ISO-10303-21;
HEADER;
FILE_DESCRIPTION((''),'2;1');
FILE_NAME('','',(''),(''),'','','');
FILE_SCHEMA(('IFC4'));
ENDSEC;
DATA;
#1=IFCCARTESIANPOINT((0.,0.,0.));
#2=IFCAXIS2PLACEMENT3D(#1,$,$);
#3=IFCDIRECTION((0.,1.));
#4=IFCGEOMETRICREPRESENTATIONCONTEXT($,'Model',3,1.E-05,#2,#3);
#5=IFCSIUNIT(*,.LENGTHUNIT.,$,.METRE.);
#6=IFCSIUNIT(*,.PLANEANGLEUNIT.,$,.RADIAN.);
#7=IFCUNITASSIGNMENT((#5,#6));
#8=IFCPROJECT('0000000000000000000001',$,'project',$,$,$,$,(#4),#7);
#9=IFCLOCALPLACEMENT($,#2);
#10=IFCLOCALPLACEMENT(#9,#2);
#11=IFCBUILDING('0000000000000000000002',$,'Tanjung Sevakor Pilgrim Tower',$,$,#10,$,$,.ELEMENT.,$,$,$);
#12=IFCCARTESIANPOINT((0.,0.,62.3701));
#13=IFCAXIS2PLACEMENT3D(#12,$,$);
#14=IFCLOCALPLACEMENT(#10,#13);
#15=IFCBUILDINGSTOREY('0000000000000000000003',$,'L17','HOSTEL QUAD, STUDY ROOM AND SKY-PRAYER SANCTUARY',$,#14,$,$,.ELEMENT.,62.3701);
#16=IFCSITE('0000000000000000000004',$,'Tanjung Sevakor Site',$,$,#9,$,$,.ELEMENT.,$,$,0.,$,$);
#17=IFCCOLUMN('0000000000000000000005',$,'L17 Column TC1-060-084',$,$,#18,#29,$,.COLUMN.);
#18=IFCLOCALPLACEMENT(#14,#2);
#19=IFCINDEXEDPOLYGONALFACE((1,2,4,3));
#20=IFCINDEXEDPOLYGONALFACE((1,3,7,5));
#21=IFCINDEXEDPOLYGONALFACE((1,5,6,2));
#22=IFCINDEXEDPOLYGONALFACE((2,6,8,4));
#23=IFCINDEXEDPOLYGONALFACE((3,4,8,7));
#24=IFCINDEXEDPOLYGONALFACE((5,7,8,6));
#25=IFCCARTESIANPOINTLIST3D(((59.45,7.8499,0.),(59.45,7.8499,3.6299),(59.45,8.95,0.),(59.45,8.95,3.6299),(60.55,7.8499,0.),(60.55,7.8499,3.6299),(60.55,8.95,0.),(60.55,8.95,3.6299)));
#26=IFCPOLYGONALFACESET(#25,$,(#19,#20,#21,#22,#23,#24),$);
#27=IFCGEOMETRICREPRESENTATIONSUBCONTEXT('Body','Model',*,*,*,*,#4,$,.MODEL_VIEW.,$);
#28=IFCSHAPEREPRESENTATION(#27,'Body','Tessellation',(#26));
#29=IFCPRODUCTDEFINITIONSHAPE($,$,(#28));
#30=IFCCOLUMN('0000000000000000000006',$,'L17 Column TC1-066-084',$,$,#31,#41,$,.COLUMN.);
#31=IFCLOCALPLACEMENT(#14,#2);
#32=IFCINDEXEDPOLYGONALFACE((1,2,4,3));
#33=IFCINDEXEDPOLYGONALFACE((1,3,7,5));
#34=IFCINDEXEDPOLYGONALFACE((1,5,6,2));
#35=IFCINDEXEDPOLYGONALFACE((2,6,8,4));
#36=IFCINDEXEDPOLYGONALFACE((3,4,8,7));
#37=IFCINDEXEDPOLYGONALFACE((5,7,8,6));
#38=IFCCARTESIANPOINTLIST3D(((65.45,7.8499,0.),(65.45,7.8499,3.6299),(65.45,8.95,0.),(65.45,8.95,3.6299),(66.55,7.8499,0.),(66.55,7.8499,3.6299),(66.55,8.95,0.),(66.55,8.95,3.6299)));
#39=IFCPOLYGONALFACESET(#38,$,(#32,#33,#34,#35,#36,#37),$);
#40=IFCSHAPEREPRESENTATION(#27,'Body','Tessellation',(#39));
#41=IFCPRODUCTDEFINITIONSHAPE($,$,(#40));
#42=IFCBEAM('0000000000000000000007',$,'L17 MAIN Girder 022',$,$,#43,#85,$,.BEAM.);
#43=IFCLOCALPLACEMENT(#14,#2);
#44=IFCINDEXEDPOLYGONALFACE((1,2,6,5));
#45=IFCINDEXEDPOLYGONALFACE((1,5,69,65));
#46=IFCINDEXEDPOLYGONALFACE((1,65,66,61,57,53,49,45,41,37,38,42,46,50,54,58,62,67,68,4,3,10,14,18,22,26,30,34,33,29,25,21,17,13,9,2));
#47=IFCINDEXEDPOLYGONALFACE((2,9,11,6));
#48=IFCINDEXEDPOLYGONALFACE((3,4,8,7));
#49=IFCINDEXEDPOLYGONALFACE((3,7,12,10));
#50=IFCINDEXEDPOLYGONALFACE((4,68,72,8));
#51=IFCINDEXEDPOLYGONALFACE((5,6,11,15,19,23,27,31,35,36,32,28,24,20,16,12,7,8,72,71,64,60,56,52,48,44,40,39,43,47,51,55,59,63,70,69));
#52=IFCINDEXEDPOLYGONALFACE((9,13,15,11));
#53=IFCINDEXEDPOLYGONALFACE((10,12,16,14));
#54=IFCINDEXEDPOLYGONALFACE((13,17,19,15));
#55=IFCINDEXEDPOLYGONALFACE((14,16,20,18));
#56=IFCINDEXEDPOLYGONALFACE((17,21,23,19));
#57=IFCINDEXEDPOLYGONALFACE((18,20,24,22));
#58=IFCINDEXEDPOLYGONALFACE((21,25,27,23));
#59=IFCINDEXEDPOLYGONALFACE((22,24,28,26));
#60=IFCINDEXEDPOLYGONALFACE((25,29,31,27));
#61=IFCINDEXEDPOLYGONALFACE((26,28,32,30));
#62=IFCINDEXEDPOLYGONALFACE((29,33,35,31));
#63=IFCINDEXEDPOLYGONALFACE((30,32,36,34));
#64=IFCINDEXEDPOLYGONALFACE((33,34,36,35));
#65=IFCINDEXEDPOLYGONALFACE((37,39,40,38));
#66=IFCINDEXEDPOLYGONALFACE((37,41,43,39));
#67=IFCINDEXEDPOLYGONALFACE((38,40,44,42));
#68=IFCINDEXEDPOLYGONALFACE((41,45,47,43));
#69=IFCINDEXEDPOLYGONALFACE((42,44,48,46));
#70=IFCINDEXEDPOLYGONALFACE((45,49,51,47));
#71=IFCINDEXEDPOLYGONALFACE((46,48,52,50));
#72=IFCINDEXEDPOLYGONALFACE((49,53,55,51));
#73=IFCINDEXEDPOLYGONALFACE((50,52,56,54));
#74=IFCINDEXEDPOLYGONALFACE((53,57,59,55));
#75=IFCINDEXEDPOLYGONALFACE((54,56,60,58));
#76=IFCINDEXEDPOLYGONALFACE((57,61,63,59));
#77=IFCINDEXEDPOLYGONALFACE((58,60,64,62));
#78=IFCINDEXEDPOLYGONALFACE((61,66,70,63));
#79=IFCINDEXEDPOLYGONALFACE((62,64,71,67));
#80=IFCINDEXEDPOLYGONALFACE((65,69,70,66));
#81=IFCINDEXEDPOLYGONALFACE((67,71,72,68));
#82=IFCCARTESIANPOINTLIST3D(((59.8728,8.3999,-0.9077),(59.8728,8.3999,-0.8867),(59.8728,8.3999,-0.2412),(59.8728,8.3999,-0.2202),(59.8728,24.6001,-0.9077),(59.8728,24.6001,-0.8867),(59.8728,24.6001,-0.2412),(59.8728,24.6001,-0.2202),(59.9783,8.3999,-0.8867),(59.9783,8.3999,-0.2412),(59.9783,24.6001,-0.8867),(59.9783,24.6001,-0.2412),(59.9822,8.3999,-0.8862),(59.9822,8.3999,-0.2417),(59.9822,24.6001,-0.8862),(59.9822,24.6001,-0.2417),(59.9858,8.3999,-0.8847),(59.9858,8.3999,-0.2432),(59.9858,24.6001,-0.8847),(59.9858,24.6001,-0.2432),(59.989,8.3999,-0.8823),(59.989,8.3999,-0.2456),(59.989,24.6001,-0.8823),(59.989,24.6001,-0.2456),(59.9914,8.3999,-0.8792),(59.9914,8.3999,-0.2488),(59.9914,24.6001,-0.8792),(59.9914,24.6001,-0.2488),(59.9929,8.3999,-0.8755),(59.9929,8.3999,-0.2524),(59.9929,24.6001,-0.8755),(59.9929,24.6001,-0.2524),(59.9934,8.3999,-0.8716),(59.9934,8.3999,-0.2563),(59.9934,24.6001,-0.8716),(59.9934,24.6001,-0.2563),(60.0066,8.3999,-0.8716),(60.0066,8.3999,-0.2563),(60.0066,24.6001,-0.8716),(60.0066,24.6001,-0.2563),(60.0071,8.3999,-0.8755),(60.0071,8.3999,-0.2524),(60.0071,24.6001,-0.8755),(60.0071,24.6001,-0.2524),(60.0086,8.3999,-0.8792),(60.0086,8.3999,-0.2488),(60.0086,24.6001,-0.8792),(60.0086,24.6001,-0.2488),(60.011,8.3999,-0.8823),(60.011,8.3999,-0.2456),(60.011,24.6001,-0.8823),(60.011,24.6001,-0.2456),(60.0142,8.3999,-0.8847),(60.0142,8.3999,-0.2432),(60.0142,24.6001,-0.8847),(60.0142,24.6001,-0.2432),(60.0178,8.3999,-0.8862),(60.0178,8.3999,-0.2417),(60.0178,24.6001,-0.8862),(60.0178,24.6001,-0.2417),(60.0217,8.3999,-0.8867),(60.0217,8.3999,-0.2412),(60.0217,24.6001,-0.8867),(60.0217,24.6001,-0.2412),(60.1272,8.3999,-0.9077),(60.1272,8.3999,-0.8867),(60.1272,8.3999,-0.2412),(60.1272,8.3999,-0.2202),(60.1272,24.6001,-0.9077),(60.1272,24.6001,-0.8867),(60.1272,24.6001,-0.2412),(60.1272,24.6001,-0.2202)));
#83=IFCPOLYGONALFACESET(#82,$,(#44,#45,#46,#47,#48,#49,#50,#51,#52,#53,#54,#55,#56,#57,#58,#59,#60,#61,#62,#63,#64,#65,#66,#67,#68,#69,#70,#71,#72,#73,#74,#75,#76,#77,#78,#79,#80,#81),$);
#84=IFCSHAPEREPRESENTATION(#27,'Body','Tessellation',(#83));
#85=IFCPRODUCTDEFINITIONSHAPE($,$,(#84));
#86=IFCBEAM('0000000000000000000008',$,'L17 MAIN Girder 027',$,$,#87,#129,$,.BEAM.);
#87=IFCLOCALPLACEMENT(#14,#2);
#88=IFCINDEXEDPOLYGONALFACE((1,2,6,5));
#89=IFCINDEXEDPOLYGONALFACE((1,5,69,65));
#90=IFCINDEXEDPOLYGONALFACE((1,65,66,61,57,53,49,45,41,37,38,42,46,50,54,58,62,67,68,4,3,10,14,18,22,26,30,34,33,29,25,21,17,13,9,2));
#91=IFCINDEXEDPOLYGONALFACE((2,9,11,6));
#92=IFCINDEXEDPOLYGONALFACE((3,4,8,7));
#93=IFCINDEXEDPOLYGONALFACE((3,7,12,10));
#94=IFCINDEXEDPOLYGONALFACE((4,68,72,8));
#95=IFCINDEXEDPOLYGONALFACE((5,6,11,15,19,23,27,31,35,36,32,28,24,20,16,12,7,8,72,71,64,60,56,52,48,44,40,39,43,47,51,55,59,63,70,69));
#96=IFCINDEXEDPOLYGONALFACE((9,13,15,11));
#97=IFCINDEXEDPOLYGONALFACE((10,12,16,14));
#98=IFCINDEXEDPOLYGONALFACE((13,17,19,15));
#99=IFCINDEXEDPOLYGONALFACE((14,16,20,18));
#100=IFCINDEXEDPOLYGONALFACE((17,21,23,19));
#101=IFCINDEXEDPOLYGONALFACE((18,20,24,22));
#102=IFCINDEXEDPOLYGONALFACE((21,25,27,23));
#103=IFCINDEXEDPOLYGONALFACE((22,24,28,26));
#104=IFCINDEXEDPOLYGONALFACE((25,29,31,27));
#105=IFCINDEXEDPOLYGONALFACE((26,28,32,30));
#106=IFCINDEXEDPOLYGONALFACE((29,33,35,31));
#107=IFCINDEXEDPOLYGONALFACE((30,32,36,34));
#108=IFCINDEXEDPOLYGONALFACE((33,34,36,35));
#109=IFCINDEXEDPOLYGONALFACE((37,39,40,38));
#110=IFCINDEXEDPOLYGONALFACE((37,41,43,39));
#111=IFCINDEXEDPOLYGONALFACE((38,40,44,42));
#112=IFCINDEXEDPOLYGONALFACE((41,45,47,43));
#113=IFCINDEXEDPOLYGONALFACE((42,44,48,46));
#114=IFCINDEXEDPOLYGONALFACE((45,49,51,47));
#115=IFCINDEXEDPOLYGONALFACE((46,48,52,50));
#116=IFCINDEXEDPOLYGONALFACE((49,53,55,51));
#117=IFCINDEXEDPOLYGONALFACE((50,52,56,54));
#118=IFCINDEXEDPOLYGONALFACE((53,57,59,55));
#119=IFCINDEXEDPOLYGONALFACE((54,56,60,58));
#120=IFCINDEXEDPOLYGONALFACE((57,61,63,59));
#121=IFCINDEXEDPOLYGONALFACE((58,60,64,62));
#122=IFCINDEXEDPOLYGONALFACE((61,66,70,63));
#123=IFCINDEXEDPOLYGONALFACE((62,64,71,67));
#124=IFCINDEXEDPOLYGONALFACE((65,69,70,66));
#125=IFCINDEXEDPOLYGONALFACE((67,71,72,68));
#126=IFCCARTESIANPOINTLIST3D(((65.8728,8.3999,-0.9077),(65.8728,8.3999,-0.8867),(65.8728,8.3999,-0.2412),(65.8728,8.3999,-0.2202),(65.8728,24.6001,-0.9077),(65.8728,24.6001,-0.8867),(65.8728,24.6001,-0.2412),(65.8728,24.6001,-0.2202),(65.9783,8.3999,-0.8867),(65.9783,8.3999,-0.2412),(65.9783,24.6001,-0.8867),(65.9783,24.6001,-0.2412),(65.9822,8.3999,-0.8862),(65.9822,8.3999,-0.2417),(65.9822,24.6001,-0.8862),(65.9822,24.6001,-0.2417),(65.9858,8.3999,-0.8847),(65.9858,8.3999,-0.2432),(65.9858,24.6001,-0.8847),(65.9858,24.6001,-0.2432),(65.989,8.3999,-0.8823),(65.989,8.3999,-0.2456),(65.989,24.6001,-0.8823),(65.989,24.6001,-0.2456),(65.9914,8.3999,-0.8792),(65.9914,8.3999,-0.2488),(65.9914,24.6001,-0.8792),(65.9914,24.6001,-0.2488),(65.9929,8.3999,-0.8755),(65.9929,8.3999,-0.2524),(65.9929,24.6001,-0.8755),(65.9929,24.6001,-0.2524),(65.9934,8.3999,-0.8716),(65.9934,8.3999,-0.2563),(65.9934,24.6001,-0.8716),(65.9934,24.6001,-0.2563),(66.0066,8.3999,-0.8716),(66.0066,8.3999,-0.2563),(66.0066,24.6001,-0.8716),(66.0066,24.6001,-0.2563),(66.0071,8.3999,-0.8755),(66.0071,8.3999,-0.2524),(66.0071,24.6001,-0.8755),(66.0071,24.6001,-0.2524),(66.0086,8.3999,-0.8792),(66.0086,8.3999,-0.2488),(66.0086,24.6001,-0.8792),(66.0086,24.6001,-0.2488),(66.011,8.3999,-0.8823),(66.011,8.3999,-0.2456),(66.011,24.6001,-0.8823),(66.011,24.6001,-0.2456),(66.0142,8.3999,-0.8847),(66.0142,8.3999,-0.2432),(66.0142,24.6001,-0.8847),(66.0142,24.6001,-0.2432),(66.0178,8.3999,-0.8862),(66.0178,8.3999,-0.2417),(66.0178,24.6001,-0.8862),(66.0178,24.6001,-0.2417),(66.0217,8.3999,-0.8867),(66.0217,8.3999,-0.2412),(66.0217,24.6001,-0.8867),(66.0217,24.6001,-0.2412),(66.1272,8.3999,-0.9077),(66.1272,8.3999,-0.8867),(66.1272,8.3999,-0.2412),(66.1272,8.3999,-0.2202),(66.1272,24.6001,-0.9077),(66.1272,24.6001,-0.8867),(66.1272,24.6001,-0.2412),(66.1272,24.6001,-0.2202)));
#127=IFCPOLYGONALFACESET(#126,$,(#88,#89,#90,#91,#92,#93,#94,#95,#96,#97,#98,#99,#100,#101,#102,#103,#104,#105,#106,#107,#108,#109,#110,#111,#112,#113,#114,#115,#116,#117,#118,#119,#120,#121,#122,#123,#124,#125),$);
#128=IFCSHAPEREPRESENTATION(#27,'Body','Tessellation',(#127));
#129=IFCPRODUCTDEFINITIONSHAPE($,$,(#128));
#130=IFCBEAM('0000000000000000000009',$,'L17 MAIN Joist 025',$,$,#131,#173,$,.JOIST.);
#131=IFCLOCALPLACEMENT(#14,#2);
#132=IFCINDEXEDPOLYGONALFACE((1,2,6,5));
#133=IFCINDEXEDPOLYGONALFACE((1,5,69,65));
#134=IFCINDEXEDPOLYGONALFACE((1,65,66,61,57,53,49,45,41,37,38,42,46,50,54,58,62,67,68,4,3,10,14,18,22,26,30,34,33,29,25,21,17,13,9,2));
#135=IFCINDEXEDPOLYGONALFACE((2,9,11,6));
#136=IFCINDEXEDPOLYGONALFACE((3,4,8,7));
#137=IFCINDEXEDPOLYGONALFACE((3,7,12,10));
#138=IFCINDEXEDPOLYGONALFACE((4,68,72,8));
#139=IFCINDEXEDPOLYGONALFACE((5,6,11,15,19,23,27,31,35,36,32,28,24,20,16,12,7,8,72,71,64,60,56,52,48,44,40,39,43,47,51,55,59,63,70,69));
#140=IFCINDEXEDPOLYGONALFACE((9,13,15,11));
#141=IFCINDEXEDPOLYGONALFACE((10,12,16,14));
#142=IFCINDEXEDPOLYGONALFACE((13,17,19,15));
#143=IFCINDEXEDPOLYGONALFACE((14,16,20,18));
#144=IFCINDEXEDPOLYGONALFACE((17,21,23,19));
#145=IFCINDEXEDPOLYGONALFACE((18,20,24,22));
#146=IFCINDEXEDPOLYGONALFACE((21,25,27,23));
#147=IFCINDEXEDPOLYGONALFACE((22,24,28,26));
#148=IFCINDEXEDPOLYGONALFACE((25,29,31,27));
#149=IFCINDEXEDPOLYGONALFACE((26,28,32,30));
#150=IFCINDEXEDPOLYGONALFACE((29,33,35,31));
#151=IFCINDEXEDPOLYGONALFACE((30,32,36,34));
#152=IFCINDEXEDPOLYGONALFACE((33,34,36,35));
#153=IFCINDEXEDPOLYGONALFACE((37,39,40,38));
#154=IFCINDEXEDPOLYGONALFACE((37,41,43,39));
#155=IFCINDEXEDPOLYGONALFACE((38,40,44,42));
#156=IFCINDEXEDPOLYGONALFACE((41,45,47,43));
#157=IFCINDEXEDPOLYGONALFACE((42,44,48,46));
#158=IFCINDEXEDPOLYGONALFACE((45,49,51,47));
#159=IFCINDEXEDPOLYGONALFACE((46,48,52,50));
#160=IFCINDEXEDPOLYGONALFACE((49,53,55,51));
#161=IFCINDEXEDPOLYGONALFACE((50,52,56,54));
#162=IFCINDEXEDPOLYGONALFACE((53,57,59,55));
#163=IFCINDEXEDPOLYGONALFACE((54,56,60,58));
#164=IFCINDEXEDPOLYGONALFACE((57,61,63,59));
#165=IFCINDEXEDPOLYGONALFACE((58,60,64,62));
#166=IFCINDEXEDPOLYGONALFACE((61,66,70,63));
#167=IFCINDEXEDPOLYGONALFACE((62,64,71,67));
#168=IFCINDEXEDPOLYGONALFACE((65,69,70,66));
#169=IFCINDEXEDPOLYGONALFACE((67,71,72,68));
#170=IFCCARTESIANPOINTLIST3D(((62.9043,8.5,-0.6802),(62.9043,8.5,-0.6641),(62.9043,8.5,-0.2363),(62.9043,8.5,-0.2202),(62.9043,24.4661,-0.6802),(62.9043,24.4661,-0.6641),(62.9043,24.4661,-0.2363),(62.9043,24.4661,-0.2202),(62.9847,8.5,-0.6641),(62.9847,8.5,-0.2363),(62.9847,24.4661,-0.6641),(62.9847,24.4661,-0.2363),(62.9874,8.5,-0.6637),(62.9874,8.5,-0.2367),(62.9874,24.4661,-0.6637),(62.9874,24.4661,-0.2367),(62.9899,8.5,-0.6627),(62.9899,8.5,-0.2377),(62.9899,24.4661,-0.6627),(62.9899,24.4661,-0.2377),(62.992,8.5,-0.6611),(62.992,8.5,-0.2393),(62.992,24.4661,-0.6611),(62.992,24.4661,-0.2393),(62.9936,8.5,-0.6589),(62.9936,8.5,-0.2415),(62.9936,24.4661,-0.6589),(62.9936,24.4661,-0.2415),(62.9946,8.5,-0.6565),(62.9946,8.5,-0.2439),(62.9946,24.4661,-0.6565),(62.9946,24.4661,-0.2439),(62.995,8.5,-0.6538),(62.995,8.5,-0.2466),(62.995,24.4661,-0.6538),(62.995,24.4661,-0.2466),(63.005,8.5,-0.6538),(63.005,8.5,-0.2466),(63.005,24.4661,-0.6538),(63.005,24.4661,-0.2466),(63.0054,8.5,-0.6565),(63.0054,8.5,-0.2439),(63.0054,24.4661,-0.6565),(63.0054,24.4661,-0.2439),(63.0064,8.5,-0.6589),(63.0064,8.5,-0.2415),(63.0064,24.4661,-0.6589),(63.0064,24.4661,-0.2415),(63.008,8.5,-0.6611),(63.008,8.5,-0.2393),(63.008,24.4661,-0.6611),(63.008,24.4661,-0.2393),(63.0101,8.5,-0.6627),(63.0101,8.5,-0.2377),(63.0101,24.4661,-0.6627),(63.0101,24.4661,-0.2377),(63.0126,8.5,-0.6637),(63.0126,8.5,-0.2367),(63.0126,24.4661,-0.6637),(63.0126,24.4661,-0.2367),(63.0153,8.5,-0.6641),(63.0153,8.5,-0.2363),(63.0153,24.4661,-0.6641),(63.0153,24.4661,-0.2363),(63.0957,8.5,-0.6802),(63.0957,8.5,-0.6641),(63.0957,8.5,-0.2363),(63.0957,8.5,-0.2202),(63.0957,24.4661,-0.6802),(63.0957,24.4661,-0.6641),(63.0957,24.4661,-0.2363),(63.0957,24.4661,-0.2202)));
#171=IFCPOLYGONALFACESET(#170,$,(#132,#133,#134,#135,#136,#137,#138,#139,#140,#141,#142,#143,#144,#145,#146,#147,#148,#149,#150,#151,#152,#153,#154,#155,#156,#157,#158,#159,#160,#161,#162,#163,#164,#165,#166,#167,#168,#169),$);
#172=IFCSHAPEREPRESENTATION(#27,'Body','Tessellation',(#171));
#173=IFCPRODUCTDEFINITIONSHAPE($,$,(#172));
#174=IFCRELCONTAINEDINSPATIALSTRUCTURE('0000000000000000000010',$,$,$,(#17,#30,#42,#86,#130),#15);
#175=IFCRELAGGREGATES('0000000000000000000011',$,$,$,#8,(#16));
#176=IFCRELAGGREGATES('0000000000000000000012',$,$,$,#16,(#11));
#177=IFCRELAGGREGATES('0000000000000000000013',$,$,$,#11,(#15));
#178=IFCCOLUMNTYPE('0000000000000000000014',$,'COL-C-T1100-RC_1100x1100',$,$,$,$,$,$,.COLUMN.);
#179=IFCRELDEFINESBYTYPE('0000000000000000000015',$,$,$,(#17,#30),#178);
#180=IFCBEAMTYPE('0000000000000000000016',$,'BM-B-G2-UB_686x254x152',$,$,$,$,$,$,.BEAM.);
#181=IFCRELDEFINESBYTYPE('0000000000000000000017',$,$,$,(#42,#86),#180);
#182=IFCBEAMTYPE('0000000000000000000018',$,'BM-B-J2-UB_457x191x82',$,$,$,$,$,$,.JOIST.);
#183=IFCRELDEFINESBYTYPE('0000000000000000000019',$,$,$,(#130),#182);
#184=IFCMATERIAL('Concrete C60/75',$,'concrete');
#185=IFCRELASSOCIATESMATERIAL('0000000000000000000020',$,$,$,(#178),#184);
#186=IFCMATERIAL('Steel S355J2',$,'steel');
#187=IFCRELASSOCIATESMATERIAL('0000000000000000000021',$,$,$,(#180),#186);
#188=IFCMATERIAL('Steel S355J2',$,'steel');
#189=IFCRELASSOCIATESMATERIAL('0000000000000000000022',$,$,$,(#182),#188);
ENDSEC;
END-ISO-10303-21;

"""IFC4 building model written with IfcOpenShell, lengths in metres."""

from ifc_helpers import new_model, si_unit, direction, frame, origin, origin_2d, place, context, subcontext, project, spatial, rectangle, i_section, extrude, material, material_profile, profile_set, type_object, element, save


model = new_model("IFC4")

# Units and contexts
model_context = context("Model", 3, precision=1e-05, world=origin(), true_north=direction((0.0, 1.0)))
body_context = subcontext(model_context, "Body", "Model", "MODEL_VIEW")
ifc_project = project(units=[si_unit("LENGTHUNIT", "METRE"), si_unit("PLANEANGLEUNIT", "RADIAN")], contexts=[model_context])

# Site, building, storey
site_placement = place(None, origin())
site = spatial("IfcSite", under=ifc_project, at=site_placement, Name="Tanjung Sevakor Site", CompositionType="ELEMENT", RefElevation=0.0)
building_placement = place(site_placement, origin())
building = spatial("IfcBuilding", under=site, at=building_placement, Name="Tanjung Sevakor Pilgrim Tower", CompositionType="ELEMENT")
storey_placement = place(building_placement, frame((0.0, 0.0, 62.3701)))
storey = spatial("IfcBuildingStorey", under=building, at=storey_placement, Name="L17", Description="HOSTEL QUAD, STUDY ROOM AND SKY-PRAYER SANCTUARY", CompositionType="ELEMENT", Elevation=62.3701)

# Columns
ifc_material_1 = material(Name="Concrete C60/75", Category="concrete")
ifc_material_profile_1 = material_profile(ifc_material_1, rectangle(XDim=1.1001, YDim=1.1001, at=origin_2d()))
ifc_profile_set_1 = profile_set([ifc_material_profile_1], Name="Concrete C60/75")
column_type = type_object("IfcColumnType", Name="COL-C-T1100-RC_1100x1100", PredefinedType="COLUMN", material=ifc_profile_set_1)
for number, where, z_axis, x_axis, name in (
    (1, (60.0, 8.3999, 0.0), (0.0, 0.0, 1.0), (1.0, 0.0, 0.0), "L17 Column TC1-060-084"),
    (2, (66.0, 8.3999, 0.0), (0.0, 0.0, 1.0), (1.0, 0.0, 0.0), "L17 Column TC1-066-084"),
):
    element("IfcColumn", number, at=place(storey_placement, frame(where, z_axis=z_axis, x_axis=x_axis)), inside=storey, type_object=column_type, Name=name, PredefinedType="COLUMN", context=body_context, shape_type="SweptSolid", body=[
        extrude(rectangle(XDim=1.1001, YDim=1.1001, at=origin_2d()), origin(), (0.0, 0.0, 1.0), 3.6299),
    ])

# Beams
ifc_material_2 = material(Name="Steel S355J2", Category="steel")
ifc_material_profile_2 = material_profile(ifc_material_2, i_section(OverallWidth=0.2544, OverallDepth=0.6875, WebThickness=0.0132, FlangeThickness=0.021, FilletRadius=0.0151, at=origin_2d()))
ifc_profile_set_2 = profile_set([ifc_material_profile_2], Name="Steel S355J2")
beam_type_1 = type_object("IfcBeamType", Name="BM-B-G2-UB_686x254x152", PredefinedType="BEAM", material=ifc_profile_set_2)
for number, where, z_axis, x_axis, name in (
    (3, (60.0, 8.3999, -0.564), (0.0, 1.0, 0.0), (-1.0, 0.0, 0.0), "L17 MAIN Girder 022"),
    (4, (66.0, 8.3999, -0.564), (0.0, 1.0, 0.0), (-1.0, 0.0, 0.0), "L17 MAIN Girder 027"),
):
    element("IfcBeam", number, at=place(storey_placement, frame(where, z_axis=z_axis, x_axis=x_axis)), inside=storey, type_object=beam_type_1, Name=name, PredefinedType="BEAM", context=body_context, shape_type="SweptSolid", body=[
        extrude(i_section(OverallWidth=0.2544, OverallDepth=0.6875, WebThickness=0.0132, FlangeThickness=0.021, FilletRadius=0.0151, at=origin_2d()), origin(), (0.0, 0.0, 1.0), 16.2002),
    ])
ifc_material_3 = material(Name="Steel S355J2", Category="steel")
ifc_material_profile_3 = material_profile(ifc_material_3, i_section(OverallWidth=0.1914, OverallDepth=0.46, WebThickness=0.01, FlangeThickness=0.0161, FilletRadius=0.0103, at=origin_2d()))
ifc_profile_set_3 = profile_set([ifc_material_profile_3], Name="Steel S355J2")
beam_type_2 = type_object("IfcBeamType", Name="BM-B-J2-UB_457x191x82", PredefinedType="JOIST", material=ifc_profile_set_3)
for number, where, z_axis, x_axis, name in (
    (5, (63.0, 8.5, -0.4502), (0.0, 1.0, 0.0), (-1.0, 0.0, 0.0), "L17 MAIN Joist 025"),
):
    element("IfcBeam", number, at=place(storey_placement, frame(where, z_axis=z_axis, x_axis=x_axis)), inside=storey, type_object=beam_type_2, Name=name, PredefinedType="JOIST", context=body_context, shape_type="SweptSolid", body=[
        extrude(i_section(OverallWidth=0.1914, OverallDepth=0.46, WebThickness=0.01, FlangeThickness=0.0161, FilletRadius=0.0103, at=origin_2d()), origin(), (0.0, 0.0, 1.0), 15.9661),
    ])

save(model, "model.ifc")
